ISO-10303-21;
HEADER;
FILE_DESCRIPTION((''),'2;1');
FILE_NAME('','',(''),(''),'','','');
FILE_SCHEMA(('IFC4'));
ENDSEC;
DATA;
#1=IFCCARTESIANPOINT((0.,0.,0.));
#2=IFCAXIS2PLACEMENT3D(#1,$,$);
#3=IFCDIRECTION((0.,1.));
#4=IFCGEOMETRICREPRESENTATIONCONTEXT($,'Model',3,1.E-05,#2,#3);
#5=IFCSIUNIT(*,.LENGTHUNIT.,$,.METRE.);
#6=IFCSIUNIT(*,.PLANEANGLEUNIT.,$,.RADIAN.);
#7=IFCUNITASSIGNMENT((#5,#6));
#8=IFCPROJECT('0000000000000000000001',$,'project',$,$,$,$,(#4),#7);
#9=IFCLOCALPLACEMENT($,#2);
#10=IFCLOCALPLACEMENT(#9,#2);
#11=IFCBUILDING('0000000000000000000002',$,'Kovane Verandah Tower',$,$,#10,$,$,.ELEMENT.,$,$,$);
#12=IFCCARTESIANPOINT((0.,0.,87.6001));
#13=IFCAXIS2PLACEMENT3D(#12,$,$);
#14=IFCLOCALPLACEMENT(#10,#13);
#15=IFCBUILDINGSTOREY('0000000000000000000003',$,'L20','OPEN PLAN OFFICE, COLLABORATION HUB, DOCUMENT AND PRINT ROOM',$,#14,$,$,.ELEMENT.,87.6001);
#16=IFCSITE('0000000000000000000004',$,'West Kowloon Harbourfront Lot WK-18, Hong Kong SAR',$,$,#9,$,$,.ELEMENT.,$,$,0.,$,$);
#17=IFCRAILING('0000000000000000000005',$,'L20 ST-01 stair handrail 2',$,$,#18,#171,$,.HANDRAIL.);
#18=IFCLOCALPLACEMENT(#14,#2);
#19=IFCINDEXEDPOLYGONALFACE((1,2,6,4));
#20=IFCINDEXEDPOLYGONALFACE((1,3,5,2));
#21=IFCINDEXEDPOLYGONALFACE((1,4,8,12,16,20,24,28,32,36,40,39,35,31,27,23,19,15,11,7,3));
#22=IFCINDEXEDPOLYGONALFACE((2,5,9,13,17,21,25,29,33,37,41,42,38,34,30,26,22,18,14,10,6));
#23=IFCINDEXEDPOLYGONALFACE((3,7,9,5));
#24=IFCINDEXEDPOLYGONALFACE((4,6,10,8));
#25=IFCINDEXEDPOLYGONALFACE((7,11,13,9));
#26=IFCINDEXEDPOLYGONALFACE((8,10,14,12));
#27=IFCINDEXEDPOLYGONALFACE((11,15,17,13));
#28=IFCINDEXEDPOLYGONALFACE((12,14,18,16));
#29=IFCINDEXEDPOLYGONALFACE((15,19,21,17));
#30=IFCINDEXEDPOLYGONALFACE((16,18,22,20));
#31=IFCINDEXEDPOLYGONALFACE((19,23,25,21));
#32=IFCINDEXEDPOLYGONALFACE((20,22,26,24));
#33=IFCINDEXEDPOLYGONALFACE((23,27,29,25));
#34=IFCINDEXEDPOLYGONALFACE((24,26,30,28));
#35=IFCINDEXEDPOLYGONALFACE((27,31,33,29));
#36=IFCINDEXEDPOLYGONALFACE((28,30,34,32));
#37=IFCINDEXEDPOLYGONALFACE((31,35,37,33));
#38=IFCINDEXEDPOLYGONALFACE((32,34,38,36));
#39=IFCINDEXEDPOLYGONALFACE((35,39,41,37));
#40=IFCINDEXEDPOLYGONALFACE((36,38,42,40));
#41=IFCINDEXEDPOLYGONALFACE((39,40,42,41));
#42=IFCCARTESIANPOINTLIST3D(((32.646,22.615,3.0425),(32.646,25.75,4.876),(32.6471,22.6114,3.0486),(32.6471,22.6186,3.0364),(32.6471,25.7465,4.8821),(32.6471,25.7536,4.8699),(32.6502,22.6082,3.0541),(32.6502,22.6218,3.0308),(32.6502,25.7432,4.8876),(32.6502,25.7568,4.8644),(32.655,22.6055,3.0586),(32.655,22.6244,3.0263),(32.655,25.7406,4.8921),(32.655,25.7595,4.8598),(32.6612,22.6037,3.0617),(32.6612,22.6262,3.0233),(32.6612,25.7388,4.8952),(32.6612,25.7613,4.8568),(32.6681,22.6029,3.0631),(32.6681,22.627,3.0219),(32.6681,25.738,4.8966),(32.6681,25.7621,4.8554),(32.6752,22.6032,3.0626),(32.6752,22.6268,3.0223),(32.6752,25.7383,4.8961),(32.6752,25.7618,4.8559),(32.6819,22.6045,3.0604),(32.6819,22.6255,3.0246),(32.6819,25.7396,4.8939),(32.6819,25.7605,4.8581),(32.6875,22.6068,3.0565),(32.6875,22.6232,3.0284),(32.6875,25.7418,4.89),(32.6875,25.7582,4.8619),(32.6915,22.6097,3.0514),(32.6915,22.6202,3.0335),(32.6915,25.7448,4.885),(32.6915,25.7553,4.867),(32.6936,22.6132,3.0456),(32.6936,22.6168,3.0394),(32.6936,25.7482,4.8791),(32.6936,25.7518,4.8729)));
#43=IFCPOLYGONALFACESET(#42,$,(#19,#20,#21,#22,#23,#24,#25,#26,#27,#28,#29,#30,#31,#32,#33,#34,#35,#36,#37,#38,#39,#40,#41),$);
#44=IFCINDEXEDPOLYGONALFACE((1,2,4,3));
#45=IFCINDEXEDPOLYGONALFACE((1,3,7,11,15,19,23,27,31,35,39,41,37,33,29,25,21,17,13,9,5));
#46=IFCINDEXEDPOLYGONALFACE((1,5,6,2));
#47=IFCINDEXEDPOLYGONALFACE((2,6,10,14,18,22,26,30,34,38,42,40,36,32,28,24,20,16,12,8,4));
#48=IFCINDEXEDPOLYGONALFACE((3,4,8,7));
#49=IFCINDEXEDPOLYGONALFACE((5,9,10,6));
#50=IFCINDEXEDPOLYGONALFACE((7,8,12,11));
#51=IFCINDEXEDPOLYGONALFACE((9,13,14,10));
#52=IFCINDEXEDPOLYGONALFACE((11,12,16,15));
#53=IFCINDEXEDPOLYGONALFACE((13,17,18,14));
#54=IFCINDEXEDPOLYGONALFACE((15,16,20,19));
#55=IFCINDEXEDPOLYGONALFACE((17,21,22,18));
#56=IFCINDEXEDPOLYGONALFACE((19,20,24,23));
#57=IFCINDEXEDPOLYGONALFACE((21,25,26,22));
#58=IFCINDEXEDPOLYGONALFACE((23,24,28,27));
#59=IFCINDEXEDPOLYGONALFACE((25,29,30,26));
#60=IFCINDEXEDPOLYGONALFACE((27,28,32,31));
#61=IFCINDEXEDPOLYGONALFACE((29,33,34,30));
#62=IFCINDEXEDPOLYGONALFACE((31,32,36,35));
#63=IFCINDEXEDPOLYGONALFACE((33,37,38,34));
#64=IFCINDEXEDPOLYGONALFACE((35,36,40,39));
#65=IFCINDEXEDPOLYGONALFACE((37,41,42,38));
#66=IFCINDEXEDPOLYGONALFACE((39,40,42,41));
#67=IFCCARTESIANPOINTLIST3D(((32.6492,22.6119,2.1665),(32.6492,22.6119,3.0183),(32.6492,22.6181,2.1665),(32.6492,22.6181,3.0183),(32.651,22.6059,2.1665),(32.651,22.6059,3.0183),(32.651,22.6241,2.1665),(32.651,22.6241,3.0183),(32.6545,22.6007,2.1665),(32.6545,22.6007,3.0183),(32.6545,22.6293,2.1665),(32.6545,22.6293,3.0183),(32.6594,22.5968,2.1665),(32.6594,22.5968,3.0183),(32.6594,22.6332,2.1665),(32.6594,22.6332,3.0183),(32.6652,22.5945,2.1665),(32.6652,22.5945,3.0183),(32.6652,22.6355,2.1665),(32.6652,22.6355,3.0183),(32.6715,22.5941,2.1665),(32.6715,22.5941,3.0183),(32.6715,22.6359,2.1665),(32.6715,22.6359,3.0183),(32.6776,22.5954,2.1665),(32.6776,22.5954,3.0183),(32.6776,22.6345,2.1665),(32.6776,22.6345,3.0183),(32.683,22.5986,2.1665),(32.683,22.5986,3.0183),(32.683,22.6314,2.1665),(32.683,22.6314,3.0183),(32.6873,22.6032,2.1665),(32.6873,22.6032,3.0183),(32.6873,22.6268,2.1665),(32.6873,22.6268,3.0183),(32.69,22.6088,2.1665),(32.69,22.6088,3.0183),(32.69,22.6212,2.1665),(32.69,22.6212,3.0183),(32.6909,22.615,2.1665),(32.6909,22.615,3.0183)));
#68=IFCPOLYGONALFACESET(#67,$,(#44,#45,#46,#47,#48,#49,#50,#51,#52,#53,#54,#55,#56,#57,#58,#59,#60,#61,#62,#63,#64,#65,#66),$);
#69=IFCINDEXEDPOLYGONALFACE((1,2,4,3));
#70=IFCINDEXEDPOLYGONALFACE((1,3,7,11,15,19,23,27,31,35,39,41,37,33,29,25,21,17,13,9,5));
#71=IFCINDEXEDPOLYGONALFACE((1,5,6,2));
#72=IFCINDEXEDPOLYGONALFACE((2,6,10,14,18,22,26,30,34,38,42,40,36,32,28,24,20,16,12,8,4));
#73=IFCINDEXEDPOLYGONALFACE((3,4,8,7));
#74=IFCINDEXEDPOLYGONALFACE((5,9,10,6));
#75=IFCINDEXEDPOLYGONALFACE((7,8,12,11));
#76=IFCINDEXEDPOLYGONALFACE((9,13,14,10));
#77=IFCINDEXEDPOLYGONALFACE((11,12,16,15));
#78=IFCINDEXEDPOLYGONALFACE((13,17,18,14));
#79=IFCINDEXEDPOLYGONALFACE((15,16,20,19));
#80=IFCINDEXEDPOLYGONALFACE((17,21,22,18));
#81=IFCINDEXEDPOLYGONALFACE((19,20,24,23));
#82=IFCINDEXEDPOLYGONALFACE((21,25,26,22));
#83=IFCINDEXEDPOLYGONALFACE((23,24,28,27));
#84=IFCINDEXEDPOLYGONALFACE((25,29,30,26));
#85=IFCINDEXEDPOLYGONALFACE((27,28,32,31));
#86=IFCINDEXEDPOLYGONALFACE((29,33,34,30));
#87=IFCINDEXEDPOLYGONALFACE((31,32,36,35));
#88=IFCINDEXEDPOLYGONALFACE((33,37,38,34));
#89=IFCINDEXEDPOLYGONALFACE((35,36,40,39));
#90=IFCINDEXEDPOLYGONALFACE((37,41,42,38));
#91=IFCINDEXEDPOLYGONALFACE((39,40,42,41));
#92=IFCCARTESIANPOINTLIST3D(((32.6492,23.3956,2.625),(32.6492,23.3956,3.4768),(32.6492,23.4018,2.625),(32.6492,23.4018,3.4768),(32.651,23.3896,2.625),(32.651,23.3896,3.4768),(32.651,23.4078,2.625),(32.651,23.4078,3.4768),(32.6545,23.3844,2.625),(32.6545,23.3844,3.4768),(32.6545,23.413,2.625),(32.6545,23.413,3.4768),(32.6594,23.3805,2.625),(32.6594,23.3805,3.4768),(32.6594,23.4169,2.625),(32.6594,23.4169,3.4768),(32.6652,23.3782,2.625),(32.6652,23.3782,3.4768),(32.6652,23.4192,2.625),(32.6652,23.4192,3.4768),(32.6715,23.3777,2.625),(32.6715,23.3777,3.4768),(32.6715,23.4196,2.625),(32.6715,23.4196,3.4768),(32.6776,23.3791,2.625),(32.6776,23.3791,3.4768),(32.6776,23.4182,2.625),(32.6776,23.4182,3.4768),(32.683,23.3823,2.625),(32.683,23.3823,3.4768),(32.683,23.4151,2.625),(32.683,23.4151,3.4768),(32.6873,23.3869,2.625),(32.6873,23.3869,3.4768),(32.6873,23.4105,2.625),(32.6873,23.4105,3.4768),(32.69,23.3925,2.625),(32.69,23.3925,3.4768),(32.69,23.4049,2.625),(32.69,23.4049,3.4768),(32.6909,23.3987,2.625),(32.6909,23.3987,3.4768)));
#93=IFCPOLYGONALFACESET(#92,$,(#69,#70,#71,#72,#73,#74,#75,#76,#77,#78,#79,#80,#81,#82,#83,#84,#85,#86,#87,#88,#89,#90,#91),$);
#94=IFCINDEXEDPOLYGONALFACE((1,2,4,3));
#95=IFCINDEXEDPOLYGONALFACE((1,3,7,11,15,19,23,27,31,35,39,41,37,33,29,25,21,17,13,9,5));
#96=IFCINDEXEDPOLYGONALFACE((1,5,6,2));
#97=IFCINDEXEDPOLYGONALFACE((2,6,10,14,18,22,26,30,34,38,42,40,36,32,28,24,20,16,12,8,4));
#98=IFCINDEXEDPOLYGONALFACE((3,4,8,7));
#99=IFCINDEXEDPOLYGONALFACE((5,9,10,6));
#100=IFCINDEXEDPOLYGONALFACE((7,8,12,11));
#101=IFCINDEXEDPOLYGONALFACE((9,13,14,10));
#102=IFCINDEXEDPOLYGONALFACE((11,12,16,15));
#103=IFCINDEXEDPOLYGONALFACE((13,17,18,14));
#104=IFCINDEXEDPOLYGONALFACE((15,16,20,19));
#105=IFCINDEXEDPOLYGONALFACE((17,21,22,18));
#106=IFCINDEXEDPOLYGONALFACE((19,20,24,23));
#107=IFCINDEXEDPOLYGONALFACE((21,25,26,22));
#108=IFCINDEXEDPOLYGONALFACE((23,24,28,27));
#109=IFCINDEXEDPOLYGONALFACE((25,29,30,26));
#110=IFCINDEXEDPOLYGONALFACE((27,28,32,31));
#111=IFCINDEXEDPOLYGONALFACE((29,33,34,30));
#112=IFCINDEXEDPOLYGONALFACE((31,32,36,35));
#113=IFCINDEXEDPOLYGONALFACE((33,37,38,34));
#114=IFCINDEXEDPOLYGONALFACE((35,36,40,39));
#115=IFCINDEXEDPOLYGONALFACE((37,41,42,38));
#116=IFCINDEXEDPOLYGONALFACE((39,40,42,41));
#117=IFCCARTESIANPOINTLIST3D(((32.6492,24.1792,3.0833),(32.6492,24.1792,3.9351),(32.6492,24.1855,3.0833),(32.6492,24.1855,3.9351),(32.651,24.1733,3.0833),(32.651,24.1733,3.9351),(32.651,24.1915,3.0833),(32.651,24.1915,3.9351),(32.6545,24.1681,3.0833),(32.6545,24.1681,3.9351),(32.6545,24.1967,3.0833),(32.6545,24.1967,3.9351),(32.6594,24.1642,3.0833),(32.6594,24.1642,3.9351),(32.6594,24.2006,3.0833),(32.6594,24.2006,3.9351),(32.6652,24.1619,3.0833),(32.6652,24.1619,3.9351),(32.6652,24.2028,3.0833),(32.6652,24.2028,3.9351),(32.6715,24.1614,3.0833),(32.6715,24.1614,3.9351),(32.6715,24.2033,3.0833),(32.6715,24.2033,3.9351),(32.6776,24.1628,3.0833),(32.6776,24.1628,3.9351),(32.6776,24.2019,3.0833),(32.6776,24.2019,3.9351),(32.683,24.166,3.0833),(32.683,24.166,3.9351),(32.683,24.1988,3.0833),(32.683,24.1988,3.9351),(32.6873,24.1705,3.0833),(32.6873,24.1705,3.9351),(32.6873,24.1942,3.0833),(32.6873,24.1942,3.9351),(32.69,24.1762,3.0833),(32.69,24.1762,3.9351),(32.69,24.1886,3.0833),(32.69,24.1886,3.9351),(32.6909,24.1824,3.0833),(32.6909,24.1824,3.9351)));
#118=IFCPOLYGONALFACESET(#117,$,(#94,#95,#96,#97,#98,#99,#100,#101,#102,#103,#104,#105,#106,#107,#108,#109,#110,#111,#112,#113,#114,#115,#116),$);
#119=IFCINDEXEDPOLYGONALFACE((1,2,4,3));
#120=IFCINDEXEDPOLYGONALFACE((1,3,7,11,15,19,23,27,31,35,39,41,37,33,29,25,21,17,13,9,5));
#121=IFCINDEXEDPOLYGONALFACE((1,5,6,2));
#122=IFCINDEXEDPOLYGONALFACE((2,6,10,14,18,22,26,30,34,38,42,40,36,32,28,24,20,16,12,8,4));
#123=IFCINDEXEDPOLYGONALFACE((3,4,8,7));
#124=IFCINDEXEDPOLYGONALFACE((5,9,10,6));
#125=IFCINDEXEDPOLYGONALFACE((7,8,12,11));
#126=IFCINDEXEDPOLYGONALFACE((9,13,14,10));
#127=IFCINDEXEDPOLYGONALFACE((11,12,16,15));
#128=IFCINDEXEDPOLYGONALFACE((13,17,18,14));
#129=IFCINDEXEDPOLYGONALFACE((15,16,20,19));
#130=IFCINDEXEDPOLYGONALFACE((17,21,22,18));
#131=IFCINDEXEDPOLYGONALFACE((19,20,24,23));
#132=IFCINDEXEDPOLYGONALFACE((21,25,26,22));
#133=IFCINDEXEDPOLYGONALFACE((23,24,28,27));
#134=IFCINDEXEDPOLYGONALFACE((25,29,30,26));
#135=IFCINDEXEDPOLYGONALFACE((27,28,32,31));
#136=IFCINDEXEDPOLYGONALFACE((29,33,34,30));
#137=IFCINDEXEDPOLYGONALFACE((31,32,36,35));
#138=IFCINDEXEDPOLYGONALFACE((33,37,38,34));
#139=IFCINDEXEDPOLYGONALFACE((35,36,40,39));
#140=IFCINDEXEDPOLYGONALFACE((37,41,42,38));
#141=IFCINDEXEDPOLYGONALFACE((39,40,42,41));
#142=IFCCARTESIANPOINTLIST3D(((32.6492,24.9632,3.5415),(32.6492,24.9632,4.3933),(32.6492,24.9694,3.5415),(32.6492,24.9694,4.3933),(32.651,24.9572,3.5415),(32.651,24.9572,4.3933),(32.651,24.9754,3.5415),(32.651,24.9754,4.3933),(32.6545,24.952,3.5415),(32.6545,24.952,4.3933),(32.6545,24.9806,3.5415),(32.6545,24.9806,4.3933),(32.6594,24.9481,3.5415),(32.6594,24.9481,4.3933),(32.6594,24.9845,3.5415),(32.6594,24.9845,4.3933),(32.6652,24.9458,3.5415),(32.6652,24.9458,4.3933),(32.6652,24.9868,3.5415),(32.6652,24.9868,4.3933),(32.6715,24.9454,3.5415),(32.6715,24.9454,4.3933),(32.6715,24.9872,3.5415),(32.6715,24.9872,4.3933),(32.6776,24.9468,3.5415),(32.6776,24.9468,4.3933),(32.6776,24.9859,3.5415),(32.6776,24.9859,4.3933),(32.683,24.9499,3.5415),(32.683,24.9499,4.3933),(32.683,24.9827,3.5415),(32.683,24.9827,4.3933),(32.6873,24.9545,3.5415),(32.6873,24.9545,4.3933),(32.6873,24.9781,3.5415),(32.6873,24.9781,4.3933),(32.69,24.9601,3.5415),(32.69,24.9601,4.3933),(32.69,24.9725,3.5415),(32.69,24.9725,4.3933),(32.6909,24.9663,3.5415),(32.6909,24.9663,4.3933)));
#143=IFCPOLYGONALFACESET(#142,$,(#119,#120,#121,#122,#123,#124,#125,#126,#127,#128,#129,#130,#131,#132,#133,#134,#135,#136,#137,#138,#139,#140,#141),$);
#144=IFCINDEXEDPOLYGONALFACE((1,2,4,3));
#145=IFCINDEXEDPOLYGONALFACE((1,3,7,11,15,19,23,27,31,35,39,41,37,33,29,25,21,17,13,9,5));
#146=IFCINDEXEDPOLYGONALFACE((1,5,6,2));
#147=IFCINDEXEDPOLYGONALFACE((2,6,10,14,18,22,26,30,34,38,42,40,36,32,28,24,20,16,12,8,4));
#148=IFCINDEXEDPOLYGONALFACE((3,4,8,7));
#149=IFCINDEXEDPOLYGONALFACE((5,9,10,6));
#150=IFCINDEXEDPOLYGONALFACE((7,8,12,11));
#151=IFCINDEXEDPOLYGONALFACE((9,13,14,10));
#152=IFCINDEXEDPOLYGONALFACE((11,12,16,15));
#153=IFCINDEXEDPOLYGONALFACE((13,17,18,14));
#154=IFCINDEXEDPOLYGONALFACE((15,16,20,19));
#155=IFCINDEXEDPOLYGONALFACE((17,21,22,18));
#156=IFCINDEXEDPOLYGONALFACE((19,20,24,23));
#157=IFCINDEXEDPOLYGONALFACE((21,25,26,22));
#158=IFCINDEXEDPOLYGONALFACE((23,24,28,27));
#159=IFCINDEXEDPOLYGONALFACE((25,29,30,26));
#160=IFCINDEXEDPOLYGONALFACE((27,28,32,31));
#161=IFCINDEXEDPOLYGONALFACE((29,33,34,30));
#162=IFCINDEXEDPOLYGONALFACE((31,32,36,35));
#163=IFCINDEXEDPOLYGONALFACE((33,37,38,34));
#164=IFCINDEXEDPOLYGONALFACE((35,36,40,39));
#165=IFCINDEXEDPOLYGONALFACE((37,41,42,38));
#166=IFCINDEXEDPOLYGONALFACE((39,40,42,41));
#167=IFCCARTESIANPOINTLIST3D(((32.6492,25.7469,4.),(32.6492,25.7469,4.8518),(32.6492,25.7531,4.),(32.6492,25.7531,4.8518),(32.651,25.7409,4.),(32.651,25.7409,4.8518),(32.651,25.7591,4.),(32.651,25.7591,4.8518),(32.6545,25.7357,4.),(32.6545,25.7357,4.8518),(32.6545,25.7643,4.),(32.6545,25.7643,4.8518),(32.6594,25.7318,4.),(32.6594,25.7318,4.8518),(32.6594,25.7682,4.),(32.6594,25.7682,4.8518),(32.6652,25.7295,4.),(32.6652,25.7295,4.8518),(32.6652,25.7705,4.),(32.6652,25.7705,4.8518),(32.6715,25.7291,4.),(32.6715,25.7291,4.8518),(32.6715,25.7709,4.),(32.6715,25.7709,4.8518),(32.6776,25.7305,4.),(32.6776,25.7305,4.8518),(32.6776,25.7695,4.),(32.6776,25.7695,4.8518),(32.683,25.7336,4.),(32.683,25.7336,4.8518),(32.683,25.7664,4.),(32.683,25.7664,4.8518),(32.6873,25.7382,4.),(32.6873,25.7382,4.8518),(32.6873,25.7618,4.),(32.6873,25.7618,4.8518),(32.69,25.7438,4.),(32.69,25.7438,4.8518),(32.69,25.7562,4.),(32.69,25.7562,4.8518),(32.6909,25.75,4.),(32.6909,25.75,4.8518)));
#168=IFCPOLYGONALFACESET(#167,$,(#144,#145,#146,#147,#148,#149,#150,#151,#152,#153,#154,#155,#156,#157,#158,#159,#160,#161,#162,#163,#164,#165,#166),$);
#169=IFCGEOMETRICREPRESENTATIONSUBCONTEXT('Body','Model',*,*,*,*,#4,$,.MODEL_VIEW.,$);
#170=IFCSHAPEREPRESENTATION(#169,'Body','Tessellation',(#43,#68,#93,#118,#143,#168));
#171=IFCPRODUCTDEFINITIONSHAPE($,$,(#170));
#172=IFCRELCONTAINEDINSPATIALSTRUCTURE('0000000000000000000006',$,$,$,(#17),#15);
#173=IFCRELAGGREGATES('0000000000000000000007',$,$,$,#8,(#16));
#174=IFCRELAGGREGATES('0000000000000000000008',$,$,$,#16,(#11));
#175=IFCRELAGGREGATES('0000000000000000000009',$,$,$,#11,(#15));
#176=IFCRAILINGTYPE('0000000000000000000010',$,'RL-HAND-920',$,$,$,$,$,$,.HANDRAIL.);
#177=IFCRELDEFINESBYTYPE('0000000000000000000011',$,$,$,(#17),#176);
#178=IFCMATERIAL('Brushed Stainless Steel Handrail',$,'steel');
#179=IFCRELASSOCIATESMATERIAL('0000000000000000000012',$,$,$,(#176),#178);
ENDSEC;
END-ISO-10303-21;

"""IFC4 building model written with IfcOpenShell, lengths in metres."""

from ifc_helpers import new_model, si_unit, direction, frame, origin, origin_2d, place, context, subcontext, project, spatial, circle, extrude, material, type_object, element, save


model = new_model("IFC4")

# Units and contexts
model_context = context("Model", 3, precision=1e-05, world=origin(), true_north=direction((0.0, 1.0)))
body_context = subcontext(model_context, "Body", "Model", "MODEL_VIEW")
ifc_project = project(units=[si_unit("LENGTHUNIT", "METRE"), si_unit("PLANEANGLEUNIT", "RADIAN")], contexts=[model_context])

# Site, building, storey
site_placement = place(None, origin())
site = spatial("IfcSite", under=ifc_project, at=site_placement, Name="West Kowloon Harbourfront Lot WK-18, Hong Kong SAR", CompositionType="ELEMENT", RefElevation=0.0)
building_placement = place(site_placement, origin())
building = spatial("IfcBuilding", under=site, at=building_placement, Name="Kovane Verandah Tower", CompositionType="ELEMENT")
storey_placement = place(building_placement, frame((0.0, 0.0, 87.6001)))
storey = spatial("IfcBuildingStorey", under=building, at=storey_placement, Name="L20", Description="OPEN PLAN OFFICE, COLLABORATION HUB, DOCUMENT AND PRINT ROOM", CompositionType="ELEMENT", Elevation=87.6001)

# Railing
ifc_material_1 = material(Name="Brushed Stainless Steel Handrail", Category="steel")
railing_type_1 = type_object("IfcRailingType", Name="RL-HAND-920", PredefinedType="HANDRAIL", material=ifc_material_1)
railing_1_placement = place(storey_placement, frame((32.6699, 22.615, 2.1665)))
element("IfcRailing", 1, at=railing_1_placement, inside=storey, type_object=railing_type_1, Name="L20 ST-01 stair handrail 2", PredefinedType="HANDRAIL", context=body_context, shape_type="SweptSolid", body=[
    extrude(circle(Radius=0.0239, at=origin_2d()), frame((0.0, 0.0, 0.876), z_axis=(0.0, 0.86321, 0.504845), x_axis=(-1.0, 0.0, 0.0)), (0.0, 0.0, 1.0), 3.6318),
    extrude(circle(Radius=0.021, at=origin_2d()), origin(), (0.0, 0.0, 1.0), 0.8518),
    extrude(circle(Radius=0.021, at=origin_2d()), frame((0.0, 0.7837, 0.4585)), (0.0, 0.0, 1.0), 0.8518),
    extrude(circle(Radius=0.021, at=origin_2d()), frame((0.0, 1.5674, 0.9167)), (0.0, 0.0, 1.0), 0.8518),
    extrude(circle(Radius=0.021, at=origin_2d()), frame((0.0, 2.3513, 1.375)), (0.0, 0.0, 1.0), 0.8518),
    extrude(circle(Radius=0.021, at=origin_2d()), frame((0.0, 3.135, 1.8335)), (0.0, 0.0, 1.0), 0.8518),
])

save(model, "model.ifc")
